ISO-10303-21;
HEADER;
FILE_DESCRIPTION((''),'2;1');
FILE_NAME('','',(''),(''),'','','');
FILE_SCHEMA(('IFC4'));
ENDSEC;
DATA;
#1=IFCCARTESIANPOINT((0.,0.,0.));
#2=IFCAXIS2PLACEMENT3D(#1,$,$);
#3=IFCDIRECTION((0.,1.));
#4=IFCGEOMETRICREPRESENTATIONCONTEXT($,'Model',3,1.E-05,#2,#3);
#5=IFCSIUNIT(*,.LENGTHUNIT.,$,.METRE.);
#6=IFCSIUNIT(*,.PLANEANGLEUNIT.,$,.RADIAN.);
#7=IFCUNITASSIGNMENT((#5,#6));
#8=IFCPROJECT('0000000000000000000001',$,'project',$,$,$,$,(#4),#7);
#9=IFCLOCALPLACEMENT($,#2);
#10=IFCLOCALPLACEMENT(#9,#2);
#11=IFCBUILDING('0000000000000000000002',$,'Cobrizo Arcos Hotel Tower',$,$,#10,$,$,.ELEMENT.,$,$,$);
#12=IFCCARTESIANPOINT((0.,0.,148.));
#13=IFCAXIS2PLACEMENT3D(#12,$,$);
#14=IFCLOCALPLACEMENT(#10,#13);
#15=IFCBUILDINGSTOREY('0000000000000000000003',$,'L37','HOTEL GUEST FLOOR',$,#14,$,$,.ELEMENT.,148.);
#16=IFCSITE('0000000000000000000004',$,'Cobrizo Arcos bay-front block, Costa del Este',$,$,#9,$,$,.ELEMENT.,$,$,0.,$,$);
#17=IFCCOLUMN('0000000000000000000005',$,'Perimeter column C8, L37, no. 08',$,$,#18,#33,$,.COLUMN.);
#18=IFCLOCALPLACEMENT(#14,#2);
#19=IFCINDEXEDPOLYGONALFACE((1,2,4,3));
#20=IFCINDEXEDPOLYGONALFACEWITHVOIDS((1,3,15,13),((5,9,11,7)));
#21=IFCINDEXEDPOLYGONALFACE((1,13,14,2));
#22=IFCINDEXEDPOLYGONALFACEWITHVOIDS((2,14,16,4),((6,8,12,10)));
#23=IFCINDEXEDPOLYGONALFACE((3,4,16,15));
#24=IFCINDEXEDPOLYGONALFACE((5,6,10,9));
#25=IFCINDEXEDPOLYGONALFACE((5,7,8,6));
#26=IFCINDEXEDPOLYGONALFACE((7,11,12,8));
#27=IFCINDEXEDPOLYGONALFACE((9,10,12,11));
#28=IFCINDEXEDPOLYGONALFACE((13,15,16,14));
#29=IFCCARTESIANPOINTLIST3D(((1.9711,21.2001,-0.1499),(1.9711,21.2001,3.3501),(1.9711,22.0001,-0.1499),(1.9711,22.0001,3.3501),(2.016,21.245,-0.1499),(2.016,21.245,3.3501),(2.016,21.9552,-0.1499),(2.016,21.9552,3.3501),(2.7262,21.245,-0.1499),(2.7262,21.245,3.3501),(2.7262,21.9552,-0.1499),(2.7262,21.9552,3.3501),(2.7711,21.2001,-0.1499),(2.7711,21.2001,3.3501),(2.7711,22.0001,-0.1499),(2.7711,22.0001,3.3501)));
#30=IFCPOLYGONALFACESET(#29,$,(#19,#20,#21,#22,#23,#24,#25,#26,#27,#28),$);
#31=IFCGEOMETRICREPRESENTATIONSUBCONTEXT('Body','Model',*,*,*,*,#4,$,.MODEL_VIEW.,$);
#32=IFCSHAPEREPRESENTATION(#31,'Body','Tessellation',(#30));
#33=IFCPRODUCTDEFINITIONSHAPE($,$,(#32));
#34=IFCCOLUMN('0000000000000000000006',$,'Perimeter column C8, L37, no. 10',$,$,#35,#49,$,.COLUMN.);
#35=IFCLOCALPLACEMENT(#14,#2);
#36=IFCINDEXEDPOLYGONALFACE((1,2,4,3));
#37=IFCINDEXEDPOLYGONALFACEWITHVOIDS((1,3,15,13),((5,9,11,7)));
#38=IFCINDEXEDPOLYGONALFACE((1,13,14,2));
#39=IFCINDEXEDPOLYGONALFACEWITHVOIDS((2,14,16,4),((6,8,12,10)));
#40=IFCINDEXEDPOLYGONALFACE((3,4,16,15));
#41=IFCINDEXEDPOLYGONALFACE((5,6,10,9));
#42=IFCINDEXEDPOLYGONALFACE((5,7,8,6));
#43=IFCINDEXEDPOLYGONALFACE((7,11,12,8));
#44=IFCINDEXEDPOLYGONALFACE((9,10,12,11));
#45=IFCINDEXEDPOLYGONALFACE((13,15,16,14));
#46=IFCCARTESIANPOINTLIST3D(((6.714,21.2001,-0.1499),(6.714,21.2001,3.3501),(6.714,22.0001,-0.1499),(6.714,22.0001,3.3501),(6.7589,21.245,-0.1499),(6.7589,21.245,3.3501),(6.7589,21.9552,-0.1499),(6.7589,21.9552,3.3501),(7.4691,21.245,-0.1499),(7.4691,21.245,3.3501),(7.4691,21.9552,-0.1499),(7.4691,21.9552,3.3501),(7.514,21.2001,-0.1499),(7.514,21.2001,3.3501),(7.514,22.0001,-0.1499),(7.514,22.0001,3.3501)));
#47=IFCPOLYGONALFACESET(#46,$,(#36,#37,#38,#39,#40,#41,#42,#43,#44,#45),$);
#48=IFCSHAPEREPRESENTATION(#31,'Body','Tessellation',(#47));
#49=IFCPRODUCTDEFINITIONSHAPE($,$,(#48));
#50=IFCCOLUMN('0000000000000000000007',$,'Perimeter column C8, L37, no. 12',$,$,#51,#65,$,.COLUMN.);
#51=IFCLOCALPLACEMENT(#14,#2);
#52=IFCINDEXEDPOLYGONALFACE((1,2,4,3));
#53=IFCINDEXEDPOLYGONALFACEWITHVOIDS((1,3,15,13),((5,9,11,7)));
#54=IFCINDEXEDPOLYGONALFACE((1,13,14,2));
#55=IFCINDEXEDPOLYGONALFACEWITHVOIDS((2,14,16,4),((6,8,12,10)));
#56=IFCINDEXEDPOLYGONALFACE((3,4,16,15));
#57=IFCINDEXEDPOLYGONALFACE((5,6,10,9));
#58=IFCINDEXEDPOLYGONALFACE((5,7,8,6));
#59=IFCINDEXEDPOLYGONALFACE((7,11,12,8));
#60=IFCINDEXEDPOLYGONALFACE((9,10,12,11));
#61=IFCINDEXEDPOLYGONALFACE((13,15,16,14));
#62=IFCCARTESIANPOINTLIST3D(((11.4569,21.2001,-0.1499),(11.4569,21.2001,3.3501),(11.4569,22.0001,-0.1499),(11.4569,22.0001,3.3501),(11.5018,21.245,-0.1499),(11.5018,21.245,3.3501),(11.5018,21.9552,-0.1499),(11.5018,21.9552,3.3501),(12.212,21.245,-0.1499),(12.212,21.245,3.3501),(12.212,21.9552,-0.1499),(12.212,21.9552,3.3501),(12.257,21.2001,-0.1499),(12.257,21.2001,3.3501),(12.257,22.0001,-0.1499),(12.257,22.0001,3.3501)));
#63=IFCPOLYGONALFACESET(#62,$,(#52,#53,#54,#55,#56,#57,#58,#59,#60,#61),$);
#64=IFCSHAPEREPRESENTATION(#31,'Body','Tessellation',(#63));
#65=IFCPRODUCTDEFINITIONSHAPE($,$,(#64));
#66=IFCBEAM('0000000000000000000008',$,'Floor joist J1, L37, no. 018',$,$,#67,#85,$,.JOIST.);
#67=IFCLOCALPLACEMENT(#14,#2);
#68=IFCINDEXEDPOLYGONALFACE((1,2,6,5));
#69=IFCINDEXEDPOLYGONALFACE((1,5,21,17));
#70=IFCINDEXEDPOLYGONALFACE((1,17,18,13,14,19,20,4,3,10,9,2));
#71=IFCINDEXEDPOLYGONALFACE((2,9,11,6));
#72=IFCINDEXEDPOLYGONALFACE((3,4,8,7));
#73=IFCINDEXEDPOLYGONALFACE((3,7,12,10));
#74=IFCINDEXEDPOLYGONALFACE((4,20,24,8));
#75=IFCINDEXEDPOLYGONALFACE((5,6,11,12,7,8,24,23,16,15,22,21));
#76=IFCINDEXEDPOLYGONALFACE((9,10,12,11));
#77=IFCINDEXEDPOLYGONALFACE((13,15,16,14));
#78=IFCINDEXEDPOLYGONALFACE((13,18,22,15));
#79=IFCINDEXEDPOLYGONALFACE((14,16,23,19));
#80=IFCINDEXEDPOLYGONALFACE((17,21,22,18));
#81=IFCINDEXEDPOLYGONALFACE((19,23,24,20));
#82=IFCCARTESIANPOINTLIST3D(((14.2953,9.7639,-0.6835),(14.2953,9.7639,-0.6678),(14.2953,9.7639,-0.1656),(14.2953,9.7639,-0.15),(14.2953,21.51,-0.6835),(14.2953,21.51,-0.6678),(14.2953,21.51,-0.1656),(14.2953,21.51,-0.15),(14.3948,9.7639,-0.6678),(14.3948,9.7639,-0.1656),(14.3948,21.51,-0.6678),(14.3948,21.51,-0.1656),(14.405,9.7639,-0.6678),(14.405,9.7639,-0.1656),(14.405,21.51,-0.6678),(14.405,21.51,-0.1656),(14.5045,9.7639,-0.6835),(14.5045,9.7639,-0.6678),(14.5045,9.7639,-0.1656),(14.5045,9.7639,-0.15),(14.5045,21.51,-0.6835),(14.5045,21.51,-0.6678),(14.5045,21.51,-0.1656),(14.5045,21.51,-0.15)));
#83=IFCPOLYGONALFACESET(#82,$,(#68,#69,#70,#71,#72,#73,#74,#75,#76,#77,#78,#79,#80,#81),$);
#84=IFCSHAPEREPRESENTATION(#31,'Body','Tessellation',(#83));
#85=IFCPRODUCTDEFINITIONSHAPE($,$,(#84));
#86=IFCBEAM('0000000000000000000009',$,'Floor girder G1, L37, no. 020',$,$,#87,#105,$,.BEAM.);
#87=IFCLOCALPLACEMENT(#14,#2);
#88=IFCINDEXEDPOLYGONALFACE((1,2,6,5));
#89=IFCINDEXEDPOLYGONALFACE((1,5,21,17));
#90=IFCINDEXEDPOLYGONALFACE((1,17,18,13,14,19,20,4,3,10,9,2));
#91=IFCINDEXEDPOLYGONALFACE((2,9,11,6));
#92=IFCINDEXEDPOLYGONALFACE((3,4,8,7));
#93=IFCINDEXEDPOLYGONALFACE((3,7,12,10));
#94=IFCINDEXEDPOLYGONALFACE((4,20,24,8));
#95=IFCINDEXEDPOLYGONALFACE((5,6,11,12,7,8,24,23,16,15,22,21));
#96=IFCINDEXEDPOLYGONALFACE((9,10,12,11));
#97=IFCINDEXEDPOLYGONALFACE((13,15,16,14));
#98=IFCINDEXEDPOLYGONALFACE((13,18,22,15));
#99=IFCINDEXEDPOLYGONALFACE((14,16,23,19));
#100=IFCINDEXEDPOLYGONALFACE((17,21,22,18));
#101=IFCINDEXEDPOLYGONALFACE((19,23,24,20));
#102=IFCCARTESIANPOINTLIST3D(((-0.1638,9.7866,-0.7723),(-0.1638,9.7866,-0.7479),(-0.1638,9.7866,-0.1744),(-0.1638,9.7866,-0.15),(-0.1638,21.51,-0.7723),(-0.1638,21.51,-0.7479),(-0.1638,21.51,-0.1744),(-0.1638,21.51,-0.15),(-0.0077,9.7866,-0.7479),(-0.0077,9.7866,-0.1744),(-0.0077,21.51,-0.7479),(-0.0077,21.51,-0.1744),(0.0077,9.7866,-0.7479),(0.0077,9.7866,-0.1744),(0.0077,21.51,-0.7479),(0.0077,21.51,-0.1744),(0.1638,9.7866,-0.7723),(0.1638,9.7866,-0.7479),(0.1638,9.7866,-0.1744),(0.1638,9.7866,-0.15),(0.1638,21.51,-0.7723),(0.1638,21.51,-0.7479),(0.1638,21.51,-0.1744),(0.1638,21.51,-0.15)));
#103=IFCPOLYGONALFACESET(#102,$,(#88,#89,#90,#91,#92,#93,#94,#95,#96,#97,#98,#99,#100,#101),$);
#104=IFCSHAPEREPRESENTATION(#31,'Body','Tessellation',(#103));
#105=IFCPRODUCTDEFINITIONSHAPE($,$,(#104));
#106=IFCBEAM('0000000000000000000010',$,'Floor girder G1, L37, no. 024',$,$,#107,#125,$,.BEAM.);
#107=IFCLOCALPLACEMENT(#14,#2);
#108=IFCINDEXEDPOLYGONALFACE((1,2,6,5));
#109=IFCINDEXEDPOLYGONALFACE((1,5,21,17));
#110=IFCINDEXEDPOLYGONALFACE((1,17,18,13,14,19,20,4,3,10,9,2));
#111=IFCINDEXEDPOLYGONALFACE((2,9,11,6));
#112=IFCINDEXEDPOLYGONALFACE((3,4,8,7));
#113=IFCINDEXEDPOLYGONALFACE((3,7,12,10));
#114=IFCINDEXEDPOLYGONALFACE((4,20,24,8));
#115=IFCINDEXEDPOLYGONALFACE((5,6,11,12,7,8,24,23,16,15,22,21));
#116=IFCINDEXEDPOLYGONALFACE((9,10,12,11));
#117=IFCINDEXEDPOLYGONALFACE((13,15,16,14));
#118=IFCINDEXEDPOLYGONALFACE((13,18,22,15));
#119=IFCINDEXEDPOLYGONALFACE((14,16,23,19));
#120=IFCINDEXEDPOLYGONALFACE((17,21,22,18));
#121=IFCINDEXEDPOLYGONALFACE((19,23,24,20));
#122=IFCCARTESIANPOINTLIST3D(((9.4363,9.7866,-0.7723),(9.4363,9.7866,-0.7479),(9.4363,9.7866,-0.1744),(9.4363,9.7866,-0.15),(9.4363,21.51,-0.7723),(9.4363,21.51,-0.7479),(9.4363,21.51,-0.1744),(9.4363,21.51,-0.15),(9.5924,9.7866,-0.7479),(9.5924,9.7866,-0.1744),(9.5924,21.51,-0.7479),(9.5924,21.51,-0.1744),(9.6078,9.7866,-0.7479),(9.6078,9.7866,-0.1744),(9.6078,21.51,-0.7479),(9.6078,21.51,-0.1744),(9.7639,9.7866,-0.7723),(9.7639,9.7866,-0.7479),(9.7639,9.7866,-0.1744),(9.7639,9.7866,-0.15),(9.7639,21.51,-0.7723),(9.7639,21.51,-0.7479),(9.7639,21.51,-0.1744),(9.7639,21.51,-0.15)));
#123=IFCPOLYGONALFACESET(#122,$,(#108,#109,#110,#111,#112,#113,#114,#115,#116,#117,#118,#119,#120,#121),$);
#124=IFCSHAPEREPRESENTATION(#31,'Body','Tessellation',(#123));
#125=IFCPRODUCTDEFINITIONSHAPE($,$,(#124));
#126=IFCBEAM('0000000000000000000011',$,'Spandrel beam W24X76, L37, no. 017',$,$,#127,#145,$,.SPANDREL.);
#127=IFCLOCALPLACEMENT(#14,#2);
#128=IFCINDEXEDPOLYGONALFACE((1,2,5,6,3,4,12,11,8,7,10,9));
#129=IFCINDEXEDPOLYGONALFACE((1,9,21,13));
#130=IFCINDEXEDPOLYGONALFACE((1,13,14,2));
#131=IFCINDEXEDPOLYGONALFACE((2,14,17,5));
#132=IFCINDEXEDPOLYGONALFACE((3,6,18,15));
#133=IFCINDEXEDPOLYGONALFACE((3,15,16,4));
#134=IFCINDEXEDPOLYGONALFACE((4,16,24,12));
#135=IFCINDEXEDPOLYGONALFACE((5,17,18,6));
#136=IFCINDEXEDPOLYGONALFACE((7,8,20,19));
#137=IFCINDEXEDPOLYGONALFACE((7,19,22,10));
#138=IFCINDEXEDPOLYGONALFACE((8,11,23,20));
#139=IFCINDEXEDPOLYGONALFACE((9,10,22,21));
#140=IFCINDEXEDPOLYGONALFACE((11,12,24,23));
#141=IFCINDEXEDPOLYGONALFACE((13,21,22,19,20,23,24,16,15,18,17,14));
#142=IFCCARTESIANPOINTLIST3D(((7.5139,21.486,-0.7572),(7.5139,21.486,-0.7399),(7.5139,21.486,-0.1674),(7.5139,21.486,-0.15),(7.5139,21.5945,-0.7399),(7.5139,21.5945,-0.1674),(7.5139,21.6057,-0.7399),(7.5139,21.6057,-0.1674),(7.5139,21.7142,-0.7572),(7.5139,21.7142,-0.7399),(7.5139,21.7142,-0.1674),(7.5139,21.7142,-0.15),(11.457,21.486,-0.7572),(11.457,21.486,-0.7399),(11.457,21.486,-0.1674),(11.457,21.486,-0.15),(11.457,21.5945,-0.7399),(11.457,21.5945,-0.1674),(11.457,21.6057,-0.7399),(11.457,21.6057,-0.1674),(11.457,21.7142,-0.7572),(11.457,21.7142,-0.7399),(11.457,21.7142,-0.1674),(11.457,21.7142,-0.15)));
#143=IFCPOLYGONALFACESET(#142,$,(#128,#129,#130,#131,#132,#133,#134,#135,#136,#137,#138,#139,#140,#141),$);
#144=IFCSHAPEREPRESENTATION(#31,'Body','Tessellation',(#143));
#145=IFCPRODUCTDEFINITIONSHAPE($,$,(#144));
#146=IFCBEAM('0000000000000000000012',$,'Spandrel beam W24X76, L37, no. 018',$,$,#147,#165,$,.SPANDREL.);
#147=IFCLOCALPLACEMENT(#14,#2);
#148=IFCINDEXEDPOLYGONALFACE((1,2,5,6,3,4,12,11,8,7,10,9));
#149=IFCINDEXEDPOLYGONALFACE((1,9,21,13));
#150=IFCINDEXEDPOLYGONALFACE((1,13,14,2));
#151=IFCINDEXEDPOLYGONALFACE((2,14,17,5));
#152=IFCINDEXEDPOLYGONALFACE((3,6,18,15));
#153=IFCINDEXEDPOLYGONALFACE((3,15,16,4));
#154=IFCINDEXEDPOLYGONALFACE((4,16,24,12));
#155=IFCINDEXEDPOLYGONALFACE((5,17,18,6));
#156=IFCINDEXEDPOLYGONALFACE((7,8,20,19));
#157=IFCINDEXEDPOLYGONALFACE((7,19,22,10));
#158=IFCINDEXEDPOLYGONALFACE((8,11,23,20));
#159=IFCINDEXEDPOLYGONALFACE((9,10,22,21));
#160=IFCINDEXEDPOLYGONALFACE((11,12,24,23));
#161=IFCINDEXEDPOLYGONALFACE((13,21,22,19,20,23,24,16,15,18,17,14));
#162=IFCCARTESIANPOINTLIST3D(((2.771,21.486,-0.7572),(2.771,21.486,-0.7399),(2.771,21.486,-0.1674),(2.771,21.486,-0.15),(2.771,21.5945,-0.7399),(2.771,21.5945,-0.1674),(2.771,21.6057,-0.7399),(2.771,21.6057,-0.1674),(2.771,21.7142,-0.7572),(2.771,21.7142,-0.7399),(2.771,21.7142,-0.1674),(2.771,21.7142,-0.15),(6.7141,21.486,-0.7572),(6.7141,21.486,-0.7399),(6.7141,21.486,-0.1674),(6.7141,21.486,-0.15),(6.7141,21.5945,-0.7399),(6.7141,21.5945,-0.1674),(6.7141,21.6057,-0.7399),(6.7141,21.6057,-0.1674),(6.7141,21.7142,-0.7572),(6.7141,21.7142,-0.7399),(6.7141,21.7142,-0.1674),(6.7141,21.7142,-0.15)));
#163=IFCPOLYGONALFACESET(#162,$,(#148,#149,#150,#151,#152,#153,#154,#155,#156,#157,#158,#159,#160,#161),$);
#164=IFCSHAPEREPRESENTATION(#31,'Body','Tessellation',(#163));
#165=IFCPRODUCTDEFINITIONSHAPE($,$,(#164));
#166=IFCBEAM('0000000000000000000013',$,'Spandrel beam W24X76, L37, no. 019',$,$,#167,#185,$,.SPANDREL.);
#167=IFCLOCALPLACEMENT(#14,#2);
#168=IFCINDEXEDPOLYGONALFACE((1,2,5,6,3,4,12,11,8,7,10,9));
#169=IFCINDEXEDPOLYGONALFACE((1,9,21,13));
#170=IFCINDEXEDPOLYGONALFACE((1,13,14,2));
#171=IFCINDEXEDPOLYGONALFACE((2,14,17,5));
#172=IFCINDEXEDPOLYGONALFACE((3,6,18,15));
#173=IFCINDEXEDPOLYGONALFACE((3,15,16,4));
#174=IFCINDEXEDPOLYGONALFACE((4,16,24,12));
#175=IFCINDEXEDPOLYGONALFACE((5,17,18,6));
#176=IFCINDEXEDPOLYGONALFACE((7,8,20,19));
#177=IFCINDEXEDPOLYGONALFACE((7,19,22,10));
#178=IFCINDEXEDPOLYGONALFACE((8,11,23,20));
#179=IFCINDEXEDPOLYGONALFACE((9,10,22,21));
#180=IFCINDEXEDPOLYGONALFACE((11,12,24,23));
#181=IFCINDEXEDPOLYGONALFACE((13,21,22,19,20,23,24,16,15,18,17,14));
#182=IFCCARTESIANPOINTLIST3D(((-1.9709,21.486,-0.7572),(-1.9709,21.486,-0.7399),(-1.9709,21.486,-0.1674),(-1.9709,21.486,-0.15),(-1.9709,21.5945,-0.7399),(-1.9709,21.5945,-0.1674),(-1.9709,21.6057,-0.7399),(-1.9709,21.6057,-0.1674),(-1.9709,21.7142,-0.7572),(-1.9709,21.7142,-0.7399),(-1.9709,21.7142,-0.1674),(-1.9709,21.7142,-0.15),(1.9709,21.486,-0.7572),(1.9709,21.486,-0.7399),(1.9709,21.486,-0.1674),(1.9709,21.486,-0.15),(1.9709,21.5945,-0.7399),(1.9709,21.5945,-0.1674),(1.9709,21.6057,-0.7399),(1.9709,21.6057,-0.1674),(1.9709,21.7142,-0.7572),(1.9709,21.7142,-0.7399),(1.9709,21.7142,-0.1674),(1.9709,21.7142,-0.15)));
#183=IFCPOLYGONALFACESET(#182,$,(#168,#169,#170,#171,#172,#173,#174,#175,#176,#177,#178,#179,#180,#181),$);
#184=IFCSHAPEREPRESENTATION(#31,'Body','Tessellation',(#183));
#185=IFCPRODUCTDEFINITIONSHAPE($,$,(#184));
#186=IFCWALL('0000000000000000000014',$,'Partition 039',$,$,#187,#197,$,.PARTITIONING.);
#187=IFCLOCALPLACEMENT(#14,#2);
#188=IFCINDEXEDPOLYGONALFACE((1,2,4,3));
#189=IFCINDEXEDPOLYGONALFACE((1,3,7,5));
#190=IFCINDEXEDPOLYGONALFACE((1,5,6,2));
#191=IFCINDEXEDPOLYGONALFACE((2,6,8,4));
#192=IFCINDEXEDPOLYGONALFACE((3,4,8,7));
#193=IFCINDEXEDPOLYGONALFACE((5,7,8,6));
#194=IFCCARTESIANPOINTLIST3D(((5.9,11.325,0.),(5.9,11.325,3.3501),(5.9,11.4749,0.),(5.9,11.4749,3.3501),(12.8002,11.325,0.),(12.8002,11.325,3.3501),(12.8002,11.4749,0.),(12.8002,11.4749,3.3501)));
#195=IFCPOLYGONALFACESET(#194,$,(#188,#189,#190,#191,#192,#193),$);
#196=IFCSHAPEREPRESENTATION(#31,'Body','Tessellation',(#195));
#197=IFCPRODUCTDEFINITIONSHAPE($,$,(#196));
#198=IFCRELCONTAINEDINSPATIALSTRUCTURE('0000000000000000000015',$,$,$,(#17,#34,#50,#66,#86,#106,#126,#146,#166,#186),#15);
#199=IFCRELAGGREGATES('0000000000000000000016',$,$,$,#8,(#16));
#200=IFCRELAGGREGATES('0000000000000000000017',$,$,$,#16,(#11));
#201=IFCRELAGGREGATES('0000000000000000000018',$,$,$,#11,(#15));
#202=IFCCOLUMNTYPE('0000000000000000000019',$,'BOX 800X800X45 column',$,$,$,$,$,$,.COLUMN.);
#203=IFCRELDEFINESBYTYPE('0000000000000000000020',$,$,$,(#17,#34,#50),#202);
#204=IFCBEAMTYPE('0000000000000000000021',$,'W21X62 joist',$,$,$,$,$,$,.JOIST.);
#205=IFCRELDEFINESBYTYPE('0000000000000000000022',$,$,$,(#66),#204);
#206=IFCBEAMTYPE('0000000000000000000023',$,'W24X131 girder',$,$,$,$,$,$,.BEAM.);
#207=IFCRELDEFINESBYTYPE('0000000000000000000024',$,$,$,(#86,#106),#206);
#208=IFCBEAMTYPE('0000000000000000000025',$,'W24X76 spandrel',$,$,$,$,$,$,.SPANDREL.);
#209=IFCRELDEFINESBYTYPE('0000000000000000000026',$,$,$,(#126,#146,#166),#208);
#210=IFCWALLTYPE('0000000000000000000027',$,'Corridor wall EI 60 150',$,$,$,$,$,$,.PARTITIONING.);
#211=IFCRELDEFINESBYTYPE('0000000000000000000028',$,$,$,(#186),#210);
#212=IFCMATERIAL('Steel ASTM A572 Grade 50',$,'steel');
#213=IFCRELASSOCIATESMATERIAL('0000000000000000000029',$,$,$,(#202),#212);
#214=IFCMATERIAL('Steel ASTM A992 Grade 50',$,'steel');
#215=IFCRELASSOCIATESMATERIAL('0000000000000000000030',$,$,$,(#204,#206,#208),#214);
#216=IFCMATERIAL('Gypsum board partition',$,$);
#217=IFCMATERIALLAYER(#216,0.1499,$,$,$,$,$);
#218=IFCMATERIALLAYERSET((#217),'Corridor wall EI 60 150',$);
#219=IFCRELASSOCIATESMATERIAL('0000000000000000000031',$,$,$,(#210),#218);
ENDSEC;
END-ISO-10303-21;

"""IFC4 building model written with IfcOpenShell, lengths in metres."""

from ifc_helpers import new_model, si_unit, direction, frame, frame_2d, origin, origin_2d, place, context, subcontext, project, spatial, rectangle, hollow_rectangle, i_section, extrude, material, layer, layer_set, material_profile, profile_set, type_object, element, save


model = new_model("IFC4")

# Units and contexts
model_context = context("Model", 3, precision=1e-05, world=origin(), true_north=direction((0.0, 1.0)))
body_context = subcontext(model_context, "Body", "Model", "MODEL_VIEW")
ifc_project = project(units=[si_unit("LENGTHUNIT", "METRE"), si_unit("PLANEANGLEUNIT", "RADIAN")], contexts=[model_context])

# Site, building, storey
site_placement = place(None, origin())
site = spatial("IfcSite", under=ifc_project, at=site_placement, Name="Cobrizo Arcos bay-front block, Costa del Este", CompositionType="ELEMENT", RefElevation=0.0)
building_placement = place(site_placement, origin())
building = spatial("IfcBuilding", under=site, at=building_placement, Name="Cobrizo Arcos Hotel Tower", CompositionType="ELEMENT")
storey_placement = place(building_placement, frame((0.0, 0.0, 148.0)))
storey = spatial("IfcBuildingStorey", under=building, at=storey_placement, Name="L37", Description="HOTEL GUEST FLOOR", CompositionType="ELEMENT", Elevation=148.0)

# Columns
ifc_material_1 = material(Name="Steel ASTM A572 Grade 50", Category="steel")
ifc_material_profile_1 = material_profile(ifc_material_1, hollow_rectangle(XDim=0.8, YDim=0.8, WallThickness=0.0449, at=origin_2d()), Name="BOX 800X800X45")
ifc_profile_set_1 = profile_set([ifc_material_profile_1], Name="Steel ASTM A572 Grade 50")
column_type = type_object("IfcColumnType", Name="BOX 800X800X45 column", PredefinedType="COLUMN", material=ifc_profile_set_1)
for number, where, z_axis, x_axis, name in (
    (1, (2.3711, 21.6001, -0.1499), (0.0, 0.0, 1.0), (1.0, 0.0, 0.0), "Perimeter column C8, L37, no. 08"),
    (2, (7.114, 21.6001, -0.1499), (0.0, 0.0, 1.0), (1.0, 0.0, 0.0), "Perimeter column C8, L37, no. 10"),
    (3, (11.8569, 21.6001, -0.1499), (0.0, 0.0, 1.0), (1.0, 0.0, 0.0), "Perimeter column C8, L37, no. 12"),
):
    element("IfcColumn", number, at=place(storey_placement, frame(where, z_axis=z_axis, x_axis=x_axis)), inside=storey, type_object=column_type, Name=name, PredefinedType="COLUMN", context=body_context, shape_type="SweptSolid", body=[
        extrude(hollow_rectangle(XDim=0.8, YDim=0.8, WallThickness=0.0449, at=origin_2d()), origin(), (0.0, 0.0, 1.0), 3.5),
    ])

# Beams
ifc_material_2 = material(Name="Steel ASTM A992 Grade 50", Category="steel")
ifc_material_profile_2 = material_profile(ifc_material_2, i_section(OverallWidth=0.2092, OverallDepth=0.5334, WebThickness=0.0103, FlangeThickness=0.0156, at=origin_2d()), Name="W21X62")
ifc_profile_set_2 = profile_set([ifc_material_profile_2], Name="Steel ASTM A992 Grade 50")
beam_type_1 = type_object("IfcBeamType", Name="W21X62 joist", PredefinedType="JOIST", material=ifc_profile_set_2)
beam_1_placement = place(storey_placement, frame((14.3999, 9.7639, -0.4167), z_axis=(0.0, 1.0, 0.0), x_axis=(-1.0, 0.0, 0.0)))
element("IfcBeam", 4, at=beam_1_placement, inside=storey, type_object=beam_type_1, Name="Floor joist J1, L37, no. 018", PredefinedType="JOIST", context=body_context, shape_type="SweptSolid", body=[
    extrude(i_section(OverallWidth=0.2092, OverallDepth=0.5334, WebThickness=0.0103, FlangeThickness=0.0156, at=origin_2d()), origin(), (0.0, 0.0, 1.0), 11.7461),
])
ifc_material_profile_3 = material_profile(ifc_material_2, i_section(OverallWidth=0.3276, OverallDepth=0.6223, WebThickness=0.0154, FlangeThickness=0.0244, at=origin_2d()), Name="W24X131")
ifc_profile_set_3 = profile_set([ifc_material_profile_3], Name="Steel ASTM A992 Grade 50")
beam_type_2 = type_object("IfcBeamType", Name="W24X131 girder", PredefinedType="BEAM", material=ifc_profile_set_3)
for number, where, z_axis, x_axis, name in (
    (5, (0.0, 9.7866, -0.4612), (0.0, 1.0, 0.0), (-1.0, 0.0, 0.0), "Floor girder G1, L37, no. 020"),
    (6, (9.6001, 9.7866, -0.4612), (0.0, 1.0, 0.0), (-1.0, 0.0, 0.0), "Floor girder G1, L37, no. 024"),
):
    element("IfcBeam", number, at=place(storey_placement, frame(where, z_axis=z_axis, x_axis=x_axis)), inside=storey, type_object=beam_type_2, Name=name, PredefinedType="BEAM", context=body_context, shape_type="SweptSolid", body=[
        extrude(i_section(OverallWidth=0.3276, OverallDepth=0.6223, WebThickness=0.0154, FlangeThickness=0.0244, at=origin_2d()), origin(), (0.0, 0.0, 1.0), 11.7234),
    ])
ifc_material_profile_4 = material_profile(ifc_material_2, i_section(OverallWidth=0.2283, OverallDepth=0.6072, WebThickness=0.0112, FlangeThickness=0.0173, at=origin_2d()), Name="W24X76")
ifc_profile_set_4 = profile_set([ifc_material_profile_4], Name="Steel ASTM A992 Grade 50")
beam_type_3 = type_object("IfcBeamType", Name="W24X76 spandrel", PredefinedType="SPANDREL", material=ifc_profile_set_4)
for number, where, z_axis, x_axis, name in (
    (7, (11.457, 21.6001, -0.4536), (-1.0, 0.0, 0.0), (0.0, -1.0, 0.0), "Spandrel beam W24X76, L37, no. 017"),
    (8, (6.7141, 21.6001, -0.4536), (-1.0, 0.0, 0.0), (0.0, -1.0, 0.0), "Spandrel beam W24X76, L37, no. 018"),
):
    element("IfcBeam", number, at=place(storey_placement, frame(where, z_axis=z_axis, x_axis=x_axis)), inside=storey, type_object=beam_type_3, Name=name, PredefinedType="SPANDREL", context=body_context, shape_type="SweptSolid", body=[
        extrude(i_section(OverallWidth=0.2283, OverallDepth=0.6072, WebThickness=0.0112, FlangeThickness=0.0173, at=origin_2d()), origin(), (0.0, 0.0, 1.0), 3.9431),
    ])
beam_2_placement = place(storey_placement, frame((1.9709, 21.6001, -0.4536), z_axis=(-1.0, 0.0, 0.0), x_axis=(0.0, -1.0, 0.0)))
element("IfcBeam", 9, at=beam_2_placement, inside=storey, type_object=beam_type_3, Name="Spandrel beam W24X76, L37, no. 019", PredefinedType="SPANDREL", context=body_context, shape_type="SweptSolid", body=[
    extrude(i_section(OverallWidth=0.2283, OverallDepth=0.6072, WebThickness=0.0112, FlangeThickness=0.0173, at=origin_2d()), origin(), (0.0, 0.0, 1.0), 3.9419),
])

# Wall
ifc_material_3 = material(Name="Gypsum board partition")
ifc_layer_1 = layer(ifc_material_3, 0.1499)
ifc_layer_set_1 = layer_set([ifc_layer_1], Name="Corridor wall EI 60 150")
wall_type_1 = type_object("IfcWallType", Name="Corridor wall EI 60 150", PredefinedType="PARTITIONING", material=ifc_layer_set_1)
wall_1_placement = place(storey_placement, frame((5.8999, 11.3999, 0.0), z_axis=(0.0, 0.0, 1.0), x_axis=(1.0, 0.0, 0.0)))
element("IfcWall", 10, at=wall_1_placement, inside=storey, type_object=wall_type_1, Name="Partition 039", PredefinedType="PARTITIONING", context=body_context, shape_type="SweptSolid", body=[
    extrude(rectangle(XDim=6.9001, YDim=0.1499, at=frame_2d((3.4502, 0.0))), origin(), (0.0, 0.0, 1.0), 3.3501),
])

save(model, "model.ifc")
